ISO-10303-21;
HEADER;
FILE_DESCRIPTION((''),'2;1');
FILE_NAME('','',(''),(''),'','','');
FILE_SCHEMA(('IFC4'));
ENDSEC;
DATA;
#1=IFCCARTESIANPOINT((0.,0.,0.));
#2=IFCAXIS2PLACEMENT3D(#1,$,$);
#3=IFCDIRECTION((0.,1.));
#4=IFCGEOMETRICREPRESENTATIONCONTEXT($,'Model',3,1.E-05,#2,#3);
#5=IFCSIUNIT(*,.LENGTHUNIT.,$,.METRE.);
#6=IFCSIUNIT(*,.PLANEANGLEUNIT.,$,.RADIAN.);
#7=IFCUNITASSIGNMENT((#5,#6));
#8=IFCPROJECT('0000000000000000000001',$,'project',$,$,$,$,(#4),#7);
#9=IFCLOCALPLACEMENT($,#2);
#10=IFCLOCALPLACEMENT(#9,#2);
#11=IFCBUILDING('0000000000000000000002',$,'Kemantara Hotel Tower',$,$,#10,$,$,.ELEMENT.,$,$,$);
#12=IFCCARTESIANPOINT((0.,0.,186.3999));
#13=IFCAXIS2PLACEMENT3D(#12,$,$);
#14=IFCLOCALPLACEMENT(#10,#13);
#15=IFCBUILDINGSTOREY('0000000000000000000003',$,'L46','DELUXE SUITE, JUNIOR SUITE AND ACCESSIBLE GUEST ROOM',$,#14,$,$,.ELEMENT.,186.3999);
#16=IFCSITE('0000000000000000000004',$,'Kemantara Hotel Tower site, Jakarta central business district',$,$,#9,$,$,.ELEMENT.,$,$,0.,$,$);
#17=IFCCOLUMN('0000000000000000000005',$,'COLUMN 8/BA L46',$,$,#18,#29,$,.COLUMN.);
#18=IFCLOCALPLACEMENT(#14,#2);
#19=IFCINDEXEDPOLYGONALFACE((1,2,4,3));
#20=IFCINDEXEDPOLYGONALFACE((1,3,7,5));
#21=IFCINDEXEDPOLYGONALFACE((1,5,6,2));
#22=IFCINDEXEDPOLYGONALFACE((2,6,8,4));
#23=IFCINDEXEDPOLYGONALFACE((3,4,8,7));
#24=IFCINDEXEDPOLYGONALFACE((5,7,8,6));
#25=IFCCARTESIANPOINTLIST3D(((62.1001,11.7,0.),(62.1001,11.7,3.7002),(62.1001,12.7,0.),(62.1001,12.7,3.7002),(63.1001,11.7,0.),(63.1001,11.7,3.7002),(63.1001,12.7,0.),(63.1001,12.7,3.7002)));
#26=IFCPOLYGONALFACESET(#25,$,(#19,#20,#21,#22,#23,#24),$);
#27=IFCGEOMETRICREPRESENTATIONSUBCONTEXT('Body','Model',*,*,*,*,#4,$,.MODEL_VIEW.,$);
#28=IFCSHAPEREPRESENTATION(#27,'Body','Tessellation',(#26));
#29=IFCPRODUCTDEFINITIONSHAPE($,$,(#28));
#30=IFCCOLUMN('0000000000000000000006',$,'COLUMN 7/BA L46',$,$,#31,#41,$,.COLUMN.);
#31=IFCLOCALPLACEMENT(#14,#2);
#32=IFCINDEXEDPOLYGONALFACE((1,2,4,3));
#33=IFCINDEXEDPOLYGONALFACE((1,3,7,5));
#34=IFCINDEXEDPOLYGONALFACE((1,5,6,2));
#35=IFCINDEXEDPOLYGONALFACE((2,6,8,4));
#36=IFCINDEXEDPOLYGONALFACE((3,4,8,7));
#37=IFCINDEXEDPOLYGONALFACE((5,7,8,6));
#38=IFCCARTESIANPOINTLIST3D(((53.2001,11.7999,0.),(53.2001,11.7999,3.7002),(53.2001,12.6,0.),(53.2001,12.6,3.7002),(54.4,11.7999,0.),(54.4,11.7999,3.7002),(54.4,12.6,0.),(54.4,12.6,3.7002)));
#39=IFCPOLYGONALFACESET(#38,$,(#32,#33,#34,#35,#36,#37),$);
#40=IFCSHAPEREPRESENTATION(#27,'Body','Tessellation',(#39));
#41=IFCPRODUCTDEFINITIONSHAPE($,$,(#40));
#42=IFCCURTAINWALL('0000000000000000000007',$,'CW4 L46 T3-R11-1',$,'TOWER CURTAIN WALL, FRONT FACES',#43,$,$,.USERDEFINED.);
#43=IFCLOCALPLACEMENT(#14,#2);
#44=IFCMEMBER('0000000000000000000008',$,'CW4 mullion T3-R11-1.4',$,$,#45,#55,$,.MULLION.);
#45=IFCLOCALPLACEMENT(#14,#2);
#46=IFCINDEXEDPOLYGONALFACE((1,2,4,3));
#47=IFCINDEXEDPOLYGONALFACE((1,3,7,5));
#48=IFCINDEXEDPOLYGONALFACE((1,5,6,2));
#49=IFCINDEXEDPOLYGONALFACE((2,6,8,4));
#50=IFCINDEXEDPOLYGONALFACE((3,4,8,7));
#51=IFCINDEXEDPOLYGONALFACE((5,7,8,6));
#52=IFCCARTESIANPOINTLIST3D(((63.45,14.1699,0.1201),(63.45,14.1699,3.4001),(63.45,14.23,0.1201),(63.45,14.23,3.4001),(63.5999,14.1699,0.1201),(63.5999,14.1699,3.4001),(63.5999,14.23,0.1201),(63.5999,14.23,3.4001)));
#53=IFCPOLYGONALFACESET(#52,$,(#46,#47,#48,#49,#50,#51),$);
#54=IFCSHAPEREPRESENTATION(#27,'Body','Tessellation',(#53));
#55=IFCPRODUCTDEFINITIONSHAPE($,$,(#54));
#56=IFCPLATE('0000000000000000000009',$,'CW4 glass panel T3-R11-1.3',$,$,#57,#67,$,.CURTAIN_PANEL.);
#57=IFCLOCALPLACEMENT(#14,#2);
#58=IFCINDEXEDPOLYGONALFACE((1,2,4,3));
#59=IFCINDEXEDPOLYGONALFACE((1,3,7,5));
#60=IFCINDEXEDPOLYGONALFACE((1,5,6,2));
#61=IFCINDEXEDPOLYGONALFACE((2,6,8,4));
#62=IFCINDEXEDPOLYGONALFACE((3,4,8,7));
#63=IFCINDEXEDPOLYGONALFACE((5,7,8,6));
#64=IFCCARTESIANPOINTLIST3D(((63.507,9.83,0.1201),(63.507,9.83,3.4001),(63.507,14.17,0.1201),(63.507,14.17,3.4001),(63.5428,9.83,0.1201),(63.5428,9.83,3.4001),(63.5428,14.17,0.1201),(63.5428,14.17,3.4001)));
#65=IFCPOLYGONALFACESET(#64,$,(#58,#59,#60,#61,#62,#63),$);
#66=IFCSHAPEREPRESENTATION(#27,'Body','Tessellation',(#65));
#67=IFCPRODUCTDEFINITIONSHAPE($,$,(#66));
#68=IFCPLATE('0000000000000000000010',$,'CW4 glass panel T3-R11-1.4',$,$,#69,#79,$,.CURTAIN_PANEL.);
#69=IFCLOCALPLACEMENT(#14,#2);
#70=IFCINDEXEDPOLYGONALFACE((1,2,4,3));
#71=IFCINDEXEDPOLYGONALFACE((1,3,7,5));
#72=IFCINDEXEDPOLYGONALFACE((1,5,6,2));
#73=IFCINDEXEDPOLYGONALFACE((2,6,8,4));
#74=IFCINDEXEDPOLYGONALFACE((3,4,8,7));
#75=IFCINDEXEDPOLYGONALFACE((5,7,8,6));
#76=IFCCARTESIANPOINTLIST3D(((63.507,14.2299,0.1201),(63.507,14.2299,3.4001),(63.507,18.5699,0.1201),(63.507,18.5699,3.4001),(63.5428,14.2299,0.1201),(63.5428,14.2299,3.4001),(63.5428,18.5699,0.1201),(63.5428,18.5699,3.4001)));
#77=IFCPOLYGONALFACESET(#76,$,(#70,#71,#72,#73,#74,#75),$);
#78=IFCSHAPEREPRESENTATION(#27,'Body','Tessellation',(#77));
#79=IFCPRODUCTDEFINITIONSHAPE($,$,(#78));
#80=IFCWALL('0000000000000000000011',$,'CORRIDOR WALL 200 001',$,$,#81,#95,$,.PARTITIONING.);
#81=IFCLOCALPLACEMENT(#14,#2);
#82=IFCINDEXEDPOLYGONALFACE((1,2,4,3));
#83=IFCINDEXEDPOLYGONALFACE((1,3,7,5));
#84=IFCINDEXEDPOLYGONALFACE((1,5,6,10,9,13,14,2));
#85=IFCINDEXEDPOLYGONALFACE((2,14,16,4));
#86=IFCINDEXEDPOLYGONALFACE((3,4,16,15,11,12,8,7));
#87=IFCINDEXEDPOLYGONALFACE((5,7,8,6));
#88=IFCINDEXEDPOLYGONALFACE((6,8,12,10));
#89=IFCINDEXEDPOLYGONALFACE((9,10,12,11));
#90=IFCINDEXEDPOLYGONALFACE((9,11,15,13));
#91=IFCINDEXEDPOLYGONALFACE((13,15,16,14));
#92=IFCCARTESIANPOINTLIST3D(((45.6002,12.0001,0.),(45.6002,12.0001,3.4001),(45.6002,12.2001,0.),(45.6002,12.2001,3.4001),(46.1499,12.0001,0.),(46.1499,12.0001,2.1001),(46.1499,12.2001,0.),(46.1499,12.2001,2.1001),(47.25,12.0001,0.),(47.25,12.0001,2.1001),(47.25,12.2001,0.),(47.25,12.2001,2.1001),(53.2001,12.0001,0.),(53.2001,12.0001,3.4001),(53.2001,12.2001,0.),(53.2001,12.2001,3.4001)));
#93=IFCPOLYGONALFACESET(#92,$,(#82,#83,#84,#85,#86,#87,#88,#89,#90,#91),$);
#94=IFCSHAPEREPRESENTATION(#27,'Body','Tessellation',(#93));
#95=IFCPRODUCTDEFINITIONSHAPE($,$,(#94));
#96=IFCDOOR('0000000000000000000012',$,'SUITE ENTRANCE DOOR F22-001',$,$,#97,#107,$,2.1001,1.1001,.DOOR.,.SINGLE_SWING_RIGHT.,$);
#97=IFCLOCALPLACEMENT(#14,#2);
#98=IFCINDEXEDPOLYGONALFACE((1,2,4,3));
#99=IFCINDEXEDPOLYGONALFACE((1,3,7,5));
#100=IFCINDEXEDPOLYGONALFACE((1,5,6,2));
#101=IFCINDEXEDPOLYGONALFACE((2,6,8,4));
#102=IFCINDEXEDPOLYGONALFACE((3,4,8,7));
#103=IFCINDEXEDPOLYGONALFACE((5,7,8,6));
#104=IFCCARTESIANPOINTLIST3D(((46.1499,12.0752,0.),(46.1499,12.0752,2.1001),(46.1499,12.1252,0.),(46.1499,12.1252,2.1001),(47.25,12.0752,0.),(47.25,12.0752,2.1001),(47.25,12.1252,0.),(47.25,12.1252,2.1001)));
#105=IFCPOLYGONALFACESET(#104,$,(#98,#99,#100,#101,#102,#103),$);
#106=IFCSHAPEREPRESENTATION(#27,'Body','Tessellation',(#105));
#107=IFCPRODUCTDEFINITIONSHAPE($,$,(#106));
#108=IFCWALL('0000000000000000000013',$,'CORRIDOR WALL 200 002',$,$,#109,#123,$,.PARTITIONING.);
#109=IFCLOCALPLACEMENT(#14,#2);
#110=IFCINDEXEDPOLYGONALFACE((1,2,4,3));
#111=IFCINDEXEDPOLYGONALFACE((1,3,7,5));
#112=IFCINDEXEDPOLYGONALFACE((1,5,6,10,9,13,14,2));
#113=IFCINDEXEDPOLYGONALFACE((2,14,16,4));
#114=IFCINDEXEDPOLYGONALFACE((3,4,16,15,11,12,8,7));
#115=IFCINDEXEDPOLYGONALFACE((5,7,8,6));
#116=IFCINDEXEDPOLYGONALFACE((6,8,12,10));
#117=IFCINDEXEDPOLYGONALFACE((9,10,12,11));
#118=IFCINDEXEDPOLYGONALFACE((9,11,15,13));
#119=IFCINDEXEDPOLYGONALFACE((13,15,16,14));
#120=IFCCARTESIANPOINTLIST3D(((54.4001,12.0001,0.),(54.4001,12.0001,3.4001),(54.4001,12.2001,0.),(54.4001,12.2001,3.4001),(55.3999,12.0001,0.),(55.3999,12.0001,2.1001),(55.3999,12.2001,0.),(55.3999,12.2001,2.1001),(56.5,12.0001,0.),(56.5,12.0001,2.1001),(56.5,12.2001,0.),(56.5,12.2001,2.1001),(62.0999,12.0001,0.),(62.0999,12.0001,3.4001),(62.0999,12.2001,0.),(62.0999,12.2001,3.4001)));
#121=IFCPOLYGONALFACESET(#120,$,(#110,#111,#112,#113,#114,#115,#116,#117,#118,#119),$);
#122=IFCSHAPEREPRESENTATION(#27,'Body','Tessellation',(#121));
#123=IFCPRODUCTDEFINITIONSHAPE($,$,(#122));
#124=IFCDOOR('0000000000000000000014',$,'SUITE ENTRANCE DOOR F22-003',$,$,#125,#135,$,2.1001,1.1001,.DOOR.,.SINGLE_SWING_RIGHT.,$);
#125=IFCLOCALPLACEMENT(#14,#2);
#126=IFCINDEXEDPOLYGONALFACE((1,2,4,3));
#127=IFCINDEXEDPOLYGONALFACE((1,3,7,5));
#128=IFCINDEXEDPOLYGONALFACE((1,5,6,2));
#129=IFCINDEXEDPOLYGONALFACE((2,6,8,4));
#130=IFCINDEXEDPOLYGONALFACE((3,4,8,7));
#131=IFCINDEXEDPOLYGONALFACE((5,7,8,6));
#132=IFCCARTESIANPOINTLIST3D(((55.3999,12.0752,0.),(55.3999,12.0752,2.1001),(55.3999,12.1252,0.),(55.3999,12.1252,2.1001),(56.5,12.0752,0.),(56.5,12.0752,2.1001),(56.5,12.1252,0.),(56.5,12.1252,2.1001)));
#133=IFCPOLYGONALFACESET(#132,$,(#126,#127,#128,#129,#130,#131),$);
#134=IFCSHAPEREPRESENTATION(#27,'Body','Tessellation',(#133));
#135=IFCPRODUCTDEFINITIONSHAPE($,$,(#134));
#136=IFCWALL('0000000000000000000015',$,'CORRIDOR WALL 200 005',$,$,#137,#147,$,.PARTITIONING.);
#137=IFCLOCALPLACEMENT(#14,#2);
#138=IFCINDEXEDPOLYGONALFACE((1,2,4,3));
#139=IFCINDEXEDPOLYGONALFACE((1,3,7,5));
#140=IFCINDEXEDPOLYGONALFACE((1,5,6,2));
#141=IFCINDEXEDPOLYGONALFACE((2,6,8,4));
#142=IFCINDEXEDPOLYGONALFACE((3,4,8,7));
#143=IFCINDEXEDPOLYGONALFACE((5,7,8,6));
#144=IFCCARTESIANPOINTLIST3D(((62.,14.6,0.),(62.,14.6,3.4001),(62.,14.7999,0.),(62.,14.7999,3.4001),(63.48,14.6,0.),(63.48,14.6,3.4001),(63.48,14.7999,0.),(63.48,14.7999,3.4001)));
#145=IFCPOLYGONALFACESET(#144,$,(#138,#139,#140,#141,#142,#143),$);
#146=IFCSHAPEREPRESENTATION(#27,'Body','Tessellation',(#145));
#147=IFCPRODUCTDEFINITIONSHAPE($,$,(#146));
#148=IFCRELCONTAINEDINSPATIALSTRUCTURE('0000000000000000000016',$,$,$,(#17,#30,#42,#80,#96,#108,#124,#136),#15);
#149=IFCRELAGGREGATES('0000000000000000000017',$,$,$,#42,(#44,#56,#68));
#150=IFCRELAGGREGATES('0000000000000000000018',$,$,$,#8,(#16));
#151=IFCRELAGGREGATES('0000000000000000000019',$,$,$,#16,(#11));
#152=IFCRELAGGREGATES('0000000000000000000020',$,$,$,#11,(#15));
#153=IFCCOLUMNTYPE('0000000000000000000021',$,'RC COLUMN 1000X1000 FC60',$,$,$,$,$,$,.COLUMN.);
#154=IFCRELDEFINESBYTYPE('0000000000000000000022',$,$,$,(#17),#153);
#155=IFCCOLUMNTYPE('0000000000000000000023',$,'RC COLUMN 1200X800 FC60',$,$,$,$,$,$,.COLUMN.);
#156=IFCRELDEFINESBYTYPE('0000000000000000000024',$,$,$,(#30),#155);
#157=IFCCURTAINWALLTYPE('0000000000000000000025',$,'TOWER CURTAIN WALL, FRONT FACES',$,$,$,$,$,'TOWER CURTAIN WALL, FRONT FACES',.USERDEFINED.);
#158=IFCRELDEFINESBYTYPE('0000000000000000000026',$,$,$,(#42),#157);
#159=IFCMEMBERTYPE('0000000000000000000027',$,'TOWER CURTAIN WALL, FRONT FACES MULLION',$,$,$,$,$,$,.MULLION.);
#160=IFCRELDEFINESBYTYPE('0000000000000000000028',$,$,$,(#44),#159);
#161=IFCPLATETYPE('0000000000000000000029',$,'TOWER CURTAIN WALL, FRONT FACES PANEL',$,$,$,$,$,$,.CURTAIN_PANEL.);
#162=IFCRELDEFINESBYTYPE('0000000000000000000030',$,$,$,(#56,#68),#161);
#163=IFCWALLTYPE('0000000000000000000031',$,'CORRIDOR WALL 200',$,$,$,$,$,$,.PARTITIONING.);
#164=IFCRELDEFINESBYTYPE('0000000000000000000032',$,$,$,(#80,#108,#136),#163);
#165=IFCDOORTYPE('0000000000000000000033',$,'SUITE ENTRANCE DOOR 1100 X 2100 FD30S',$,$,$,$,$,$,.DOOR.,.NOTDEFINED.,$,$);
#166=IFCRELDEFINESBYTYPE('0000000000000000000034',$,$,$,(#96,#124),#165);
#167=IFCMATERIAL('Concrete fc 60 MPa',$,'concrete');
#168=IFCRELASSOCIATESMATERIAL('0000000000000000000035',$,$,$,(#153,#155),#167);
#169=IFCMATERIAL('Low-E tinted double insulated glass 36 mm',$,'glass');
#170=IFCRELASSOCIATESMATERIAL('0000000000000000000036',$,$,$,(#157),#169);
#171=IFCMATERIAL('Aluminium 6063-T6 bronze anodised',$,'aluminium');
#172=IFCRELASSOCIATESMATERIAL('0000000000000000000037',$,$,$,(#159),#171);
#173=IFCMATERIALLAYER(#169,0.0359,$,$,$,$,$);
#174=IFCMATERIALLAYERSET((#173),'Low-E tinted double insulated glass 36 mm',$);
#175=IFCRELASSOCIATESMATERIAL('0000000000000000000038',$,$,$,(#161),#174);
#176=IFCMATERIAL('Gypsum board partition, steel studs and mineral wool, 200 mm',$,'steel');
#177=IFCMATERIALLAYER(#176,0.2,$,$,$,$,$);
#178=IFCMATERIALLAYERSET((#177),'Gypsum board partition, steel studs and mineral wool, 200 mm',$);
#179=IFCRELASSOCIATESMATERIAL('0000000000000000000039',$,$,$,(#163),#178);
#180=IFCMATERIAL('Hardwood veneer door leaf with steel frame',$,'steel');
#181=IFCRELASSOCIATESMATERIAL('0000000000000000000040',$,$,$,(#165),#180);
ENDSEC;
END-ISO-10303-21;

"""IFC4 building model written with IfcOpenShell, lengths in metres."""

from ifc_helpers import new_model, si_unit, direction, frame, frame_2d, origin, origin_2d, place, context, subcontext, project, spatial, rectangle, extrude, source, transform, mapped, material, layer, layer_set, material_profile, profile_set, type_object, element, fill, aggregate, save


model = new_model("IFC4")

# Units and contexts
model_context = context("Model", 3, precision=1e-05, world=origin(), true_north=direction((0.0, 1.0)))
body_context = subcontext(model_context, "Body", "Model", "MODEL_VIEW")
ifc_project = project(units=[si_unit("LENGTHUNIT", "METRE"), si_unit("PLANEANGLEUNIT", "RADIAN")], contexts=[model_context])

# Site, building, storey
site_placement = place(None, origin())
site = spatial("IfcSite", under=ifc_project, at=site_placement, Name="Kemantara Hotel Tower site, Jakarta central business district", CompositionType="ELEMENT", RefElevation=0.0)
building_placement = place(site_placement, origin())
building = spatial("IfcBuilding", under=site, at=building_placement, Name="Kemantara Hotel Tower", CompositionType="ELEMENT")
storey_placement = place(building_placement, frame((0.0, 0.0, 186.3999)))
storey = spatial("IfcBuildingStorey", under=building, at=storey_placement, Name="L46", Description="DELUXE SUITE, JUNIOR SUITE AND ACCESSIBLE GUEST ROOM", CompositionType="ELEMENT", Elevation=186.3999)

# Columns
ifc_material_1 = material(Name="Concrete fc 60 MPa", Category="concrete")
ifc_material_profile_1 = material_profile(ifc_material_1, rectangle(XDim=1.0, YDim=1.0, at=origin_2d()), Name="RC 1000X1000")
ifc_profile_set_1 = profile_set([ifc_material_profile_1], Name="Concrete fc 60 MPa")
column_type_1 = type_object("IfcColumnType", Name="RC COLUMN 1000X1000 FC60", PredefinedType="COLUMN", material=ifc_profile_set_1)
column_1_placement = place(storey_placement, frame((62.6001, 12.2, 0.0), z_axis=(0.0, 0.0, 1.0), x_axis=(1.0, 0.0, 0.0)))
element("IfcColumn", 1, at=column_1_placement, inside=storey, type_object=column_type_1, Name="COLUMN 8/BA L46", PredefinedType="COLUMN", context=body_context, shape_type="SweptSolid", body=[
    extrude(rectangle(XDim=1.0, YDim=1.0, at=origin_2d()), origin(), (0.0, 0.0, 1.0), 3.7002),
])
ifc_material_profile_2 = material_profile(ifc_material_1, rectangle(XDim=1.2, YDim=0.8, at=origin_2d()), Name="RC 1200X800")
ifc_profile_set_2 = profile_set([ifc_material_profile_2], Name="Concrete fc 60 MPa")
column_type_2 = type_object("IfcColumnType", Name="RC COLUMN 1200X800 FC60", PredefinedType="COLUMN", material=ifc_profile_set_2)
column_2_placement = place(storey_placement, frame((53.8, 12.2, 0.0), z_axis=(0.0, 0.0, 1.0), x_axis=(1.0, 0.0, 0.0)))
element("IfcColumn", 2, at=column_2_placement, inside=storey, type_object=column_type_2, Name="COLUMN 7/BA L46", PredefinedType="COLUMN", context=body_context, shape_type="SweptSolid", body=[
    extrude(rectangle(XDim=1.2, YDim=0.8, at=origin_2d()), origin(), (0.0, 0.0, 1.0), 3.7002),
])

# Curtain wall, member, plates
ifc_material_2 = material(Name="Low-E tinted double insulated glass 36 mm", Category="glass")
curtain_wall_type = type_object("IfcCurtainWallType", Name="TOWER CURTAIN WALL, FRONT FACES", ElementType="TOWER CURTAIN WALL, FRONT FACES", PredefinedType="USERDEFINED", material=ifc_material_2)
curtain_wall_placement = place(storey_placement, origin())
curtain_wall = element("IfcCurtainWall", 3, at=curtain_wall_placement, inside=storey, type_object=curtain_wall_type, Name="CW4 L46 T3-R11-1", ObjectType="TOWER CURTAIN WALL, FRONT FACES", PredefinedType="USERDEFINED")
ifc_material_3 = material(Name="Aluminium 6063-T6 bronze anodised", Category="aluminium")
ifc_material_profile_3 = material_profile(ifc_material_3, rectangle(XDim=0.1499, YDim=0.0601, at=origin_2d()), Name="TOWER CURTAIN WALL, FRONT FACES MULLION")
ifc_profile_set_3 = profile_set([ifc_material_profile_3], Name="Aluminium 6063-T6 bronze anodised")
member_type = type_object("IfcMemberType", Name="TOWER CURTAIN WALL, FRONT FACES MULLION", PredefinedType="MULLION", material=ifc_profile_set_3)
shared_shape_1 = source(origin(), body_context, "Body", "SweptSolid", [
    extrude(rectangle(XDim=0.1499, YDim=0.0601, at=origin_2d()), origin(), (0.0, 0.0, 1.0), 3.28),
])
member_placement = place(storey_placement, frame((63.5249, 14.2, 0.1201), z_axis=(0.0, 0.0, 1.0), x_axis=(-1.0, 0.0, 0.0)))
member = element("IfcMember", 4, at=member_placement, type_object=member_type, Name="CW4 mullion T3-R11-1.4", PredefinedType="MULLION", context=body_context, shape_type="MappedRepresentation", body=[
    mapped(shared_shape_1, transform((0.0, 0.0, 0.0))),
])
ifc_layer_1 = layer(ifc_material_2, 0.0359)
ifc_layer_set_1 = layer_set([ifc_layer_1], Name="Low-E tinted double insulated glass 36 mm")
plate_type = type_object("IfcPlateType", Name="TOWER CURTAIN WALL, FRONT FACES PANEL", PredefinedType="CURTAIN_PANEL", material=ifc_layer_set_1)
shared_shape_2 = source(origin(), body_context, "Body", "SweptSolid", [
    extrude(rectangle(XDim=4.3401, YDim=0.0359, at=origin_2d()), origin(), (0.0, 0.0, 1.0), 3.28),
])
plate_1_placement = place(storey_placement, frame((63.5249, 12.0, 0.1201), z_axis=(0.0, 0.0, 1.0), x_axis=(0.0, 1.0, 0.0)))
plate_1 = element("IfcPlate", 5, at=plate_1_placement, type_object=plate_type, Name="CW4 glass panel T3-R11-1.3", PredefinedType="CURTAIN_PANEL", context=body_context, shape_type="MappedRepresentation", body=[
    mapped(shared_shape_2, transform((0.0, 0.0, 0.0))),
])
plate_2_placement = place(storey_placement, frame((63.5249, 16.3999, 0.1201), z_axis=(0.0, 0.0, 1.0), x_axis=(0.0, 1.0, 0.0)))
plate_2 = element("IfcPlate", 6, at=plate_2_placement, type_object=plate_type, Name="CW4 glass panel T3-R11-1.4", PredefinedType="CURTAIN_PANEL", context=body_context, shape_type="MappedRepresentation", body=[
    mapped(shared_shape_2, transform((0.0, 0.0, 0.0))),
])
aggregate(curtain_wall, [member, plate_1, plate_2])

# Walls, openings, doors
ifc_material_4 = material(Name="Gypsum board partition, steel studs and mineral wool, 200 mm", Category="steel")
ifc_layer_2 = layer(ifc_material_4, 0.2)
ifc_layer_set_2 = layer_set([ifc_layer_2], Name="Gypsum board partition, steel studs and mineral wool, 200 mm")
wall_type_1 = type_object("IfcWallType", Name="CORRIDOR WALL 200", PredefinedType="PARTITIONING", material=ifc_layer_set_2)
wall_1_placement = place(storey_placement, frame((53.2, 12.1001, 0.0), z_axis=(0.0, 0.0, 1.0), x_axis=(-1.0, 0.0, 0.0)))
wall_1 = element("IfcWall", 7, at=wall_1_placement, inside=storey, type_object=wall_type_1, Name="CORRIDOR WALL 200 001", PredefinedType="PARTITIONING", context=body_context, shape_type="SweptSolid", body=[
    extrude(rectangle(XDim=7.5999, YDim=0.2, at=frame_2d((3.7998, 0.0))), origin(), (0.0, 0.0, 1.0), 3.4001),
])
opening_1_placement = place(wall_1_placement, frame((5.95, 0.0, 0.0)))
opening_1 = element("IfcOpeningElement", 8, at=opening_1_placement, cuts=wall_1, PredefinedType="OPENING", context=body_context, shape_type="SweptSolid", body=[
    extrude(rectangle(XDim=1.1001, YDim=2.1001, at=frame_2d((0.55, 1.05))), frame((0.0, 0.1099, 0.0), z_axis=(0.0, -1.0, 0.0), x_axis=(1.0, 0.0, 0.0)), (0.0, 0.0, 1.0), 0.22),
])
ifc_material_5 = material(Name="Hardwood veneer door leaf with steel frame", Category="steel")
door_type_1 = type_object("IfcDoorType", Name="SUITE ENTRANCE DOOR 1100 X 2100 FD30S", OperationType="NOTDEFINED", PredefinedType="DOOR", material=ifc_material_5)
door_1_placement = place(opening_1_placement, origin())
door_1 = element("IfcDoor", 9, at=door_1_placement, inside=storey, type_object=door_type_1, Name="SUITE ENTRANCE DOOR F22-001", OperationType="SINGLE_SWING_RIGHT", OverallHeight=2.1001, OverallWidth=1.1001, PredefinedType="DOOR", context=body_context, shape_type="SweptSolid", body=[
    extrude(rectangle(XDim=1.1001, YDim=2.1001, at=frame_2d((0.55, 1.05))), frame((0.0, 0.0249, 0.0), z_axis=(0.0, -1.0, 0.0), x_axis=(1.0, 0.0, 0.0)), (0.0, 0.0, 1.0), 0.05),
])
fill(opening_1, door_1)
wall_2_placement = place(storey_placement, frame((62.0999, 12.1001, 0.0), z_axis=(0.0, 0.0, 1.0), x_axis=(-1.0, 0.0, 0.0)))
wall_2 = element("IfcWall", 10, at=wall_2_placement, inside=storey, type_object=wall_type_1, Name="CORRIDOR WALL 200 002", PredefinedType="PARTITIONING", context=body_context, shape_type="SweptSolid", body=[
    extrude(rectangle(XDim=7.6997, YDim=0.2, at=frame_2d((3.8499, 0.0))), origin(), (0.0, 0.0, 1.0), 3.4001),
])
opening_2_placement = place(wall_2_placement, frame((5.5999, 0.0, 0.0)))
opening_2 = element("IfcOpeningElement", 11, at=opening_2_placement, cuts=wall_2, PredefinedType="OPENING", context=body_context, shape_type="SweptSolid", body=[
    extrude(rectangle(XDim=1.1001, YDim=2.1001, at=frame_2d((0.55, 1.05))), frame((0.0, 0.1099, 0.0), z_axis=(0.0, -1.0, 0.0), x_axis=(1.0, 0.0, 0.0)), (0.0, 0.0, 1.0), 0.22),
])
door_2_placement = place(opening_2_placement, origin())
door_2 = element("IfcDoor", 12, at=door_2_placement, inside=storey, type_object=door_type_1, Name="SUITE ENTRANCE DOOR F22-003", OperationType="SINGLE_SWING_RIGHT", OverallHeight=2.1001, OverallWidth=1.1001, PredefinedType="DOOR", context=body_context, shape_type="SweptSolid", body=[
    extrude(rectangle(XDim=1.1001, YDim=2.1001, at=frame_2d((0.55, 1.05))), frame((0.0, 0.0249, 0.0), z_axis=(0.0, -1.0, 0.0), x_axis=(1.0, 0.0, 0.0)), (0.0, 0.0, 1.0), 0.05),
])
fill(opening_2, door_2)

# Wall
wall_3_placement = place(storey_placement, frame((62.0, 14.7, 0.0), z_axis=(0.0, 0.0, 1.0), x_axis=(1.0, 0.0, 0.0)))
element("IfcWall", 13, at=wall_3_placement, inside=storey, type_object=wall_type_1, Name="CORRIDOR WALL 200 005", PredefinedType="PARTITIONING", context=body_context, shape_type="SweptSolid", body=[
    extrude(rectangle(XDim=1.48, YDim=0.2, at=frame_2d((0.74, 0.0))), origin(), (0.0, 0.0, 1.0), 3.4001),
])

save(model, "model.ifc")
